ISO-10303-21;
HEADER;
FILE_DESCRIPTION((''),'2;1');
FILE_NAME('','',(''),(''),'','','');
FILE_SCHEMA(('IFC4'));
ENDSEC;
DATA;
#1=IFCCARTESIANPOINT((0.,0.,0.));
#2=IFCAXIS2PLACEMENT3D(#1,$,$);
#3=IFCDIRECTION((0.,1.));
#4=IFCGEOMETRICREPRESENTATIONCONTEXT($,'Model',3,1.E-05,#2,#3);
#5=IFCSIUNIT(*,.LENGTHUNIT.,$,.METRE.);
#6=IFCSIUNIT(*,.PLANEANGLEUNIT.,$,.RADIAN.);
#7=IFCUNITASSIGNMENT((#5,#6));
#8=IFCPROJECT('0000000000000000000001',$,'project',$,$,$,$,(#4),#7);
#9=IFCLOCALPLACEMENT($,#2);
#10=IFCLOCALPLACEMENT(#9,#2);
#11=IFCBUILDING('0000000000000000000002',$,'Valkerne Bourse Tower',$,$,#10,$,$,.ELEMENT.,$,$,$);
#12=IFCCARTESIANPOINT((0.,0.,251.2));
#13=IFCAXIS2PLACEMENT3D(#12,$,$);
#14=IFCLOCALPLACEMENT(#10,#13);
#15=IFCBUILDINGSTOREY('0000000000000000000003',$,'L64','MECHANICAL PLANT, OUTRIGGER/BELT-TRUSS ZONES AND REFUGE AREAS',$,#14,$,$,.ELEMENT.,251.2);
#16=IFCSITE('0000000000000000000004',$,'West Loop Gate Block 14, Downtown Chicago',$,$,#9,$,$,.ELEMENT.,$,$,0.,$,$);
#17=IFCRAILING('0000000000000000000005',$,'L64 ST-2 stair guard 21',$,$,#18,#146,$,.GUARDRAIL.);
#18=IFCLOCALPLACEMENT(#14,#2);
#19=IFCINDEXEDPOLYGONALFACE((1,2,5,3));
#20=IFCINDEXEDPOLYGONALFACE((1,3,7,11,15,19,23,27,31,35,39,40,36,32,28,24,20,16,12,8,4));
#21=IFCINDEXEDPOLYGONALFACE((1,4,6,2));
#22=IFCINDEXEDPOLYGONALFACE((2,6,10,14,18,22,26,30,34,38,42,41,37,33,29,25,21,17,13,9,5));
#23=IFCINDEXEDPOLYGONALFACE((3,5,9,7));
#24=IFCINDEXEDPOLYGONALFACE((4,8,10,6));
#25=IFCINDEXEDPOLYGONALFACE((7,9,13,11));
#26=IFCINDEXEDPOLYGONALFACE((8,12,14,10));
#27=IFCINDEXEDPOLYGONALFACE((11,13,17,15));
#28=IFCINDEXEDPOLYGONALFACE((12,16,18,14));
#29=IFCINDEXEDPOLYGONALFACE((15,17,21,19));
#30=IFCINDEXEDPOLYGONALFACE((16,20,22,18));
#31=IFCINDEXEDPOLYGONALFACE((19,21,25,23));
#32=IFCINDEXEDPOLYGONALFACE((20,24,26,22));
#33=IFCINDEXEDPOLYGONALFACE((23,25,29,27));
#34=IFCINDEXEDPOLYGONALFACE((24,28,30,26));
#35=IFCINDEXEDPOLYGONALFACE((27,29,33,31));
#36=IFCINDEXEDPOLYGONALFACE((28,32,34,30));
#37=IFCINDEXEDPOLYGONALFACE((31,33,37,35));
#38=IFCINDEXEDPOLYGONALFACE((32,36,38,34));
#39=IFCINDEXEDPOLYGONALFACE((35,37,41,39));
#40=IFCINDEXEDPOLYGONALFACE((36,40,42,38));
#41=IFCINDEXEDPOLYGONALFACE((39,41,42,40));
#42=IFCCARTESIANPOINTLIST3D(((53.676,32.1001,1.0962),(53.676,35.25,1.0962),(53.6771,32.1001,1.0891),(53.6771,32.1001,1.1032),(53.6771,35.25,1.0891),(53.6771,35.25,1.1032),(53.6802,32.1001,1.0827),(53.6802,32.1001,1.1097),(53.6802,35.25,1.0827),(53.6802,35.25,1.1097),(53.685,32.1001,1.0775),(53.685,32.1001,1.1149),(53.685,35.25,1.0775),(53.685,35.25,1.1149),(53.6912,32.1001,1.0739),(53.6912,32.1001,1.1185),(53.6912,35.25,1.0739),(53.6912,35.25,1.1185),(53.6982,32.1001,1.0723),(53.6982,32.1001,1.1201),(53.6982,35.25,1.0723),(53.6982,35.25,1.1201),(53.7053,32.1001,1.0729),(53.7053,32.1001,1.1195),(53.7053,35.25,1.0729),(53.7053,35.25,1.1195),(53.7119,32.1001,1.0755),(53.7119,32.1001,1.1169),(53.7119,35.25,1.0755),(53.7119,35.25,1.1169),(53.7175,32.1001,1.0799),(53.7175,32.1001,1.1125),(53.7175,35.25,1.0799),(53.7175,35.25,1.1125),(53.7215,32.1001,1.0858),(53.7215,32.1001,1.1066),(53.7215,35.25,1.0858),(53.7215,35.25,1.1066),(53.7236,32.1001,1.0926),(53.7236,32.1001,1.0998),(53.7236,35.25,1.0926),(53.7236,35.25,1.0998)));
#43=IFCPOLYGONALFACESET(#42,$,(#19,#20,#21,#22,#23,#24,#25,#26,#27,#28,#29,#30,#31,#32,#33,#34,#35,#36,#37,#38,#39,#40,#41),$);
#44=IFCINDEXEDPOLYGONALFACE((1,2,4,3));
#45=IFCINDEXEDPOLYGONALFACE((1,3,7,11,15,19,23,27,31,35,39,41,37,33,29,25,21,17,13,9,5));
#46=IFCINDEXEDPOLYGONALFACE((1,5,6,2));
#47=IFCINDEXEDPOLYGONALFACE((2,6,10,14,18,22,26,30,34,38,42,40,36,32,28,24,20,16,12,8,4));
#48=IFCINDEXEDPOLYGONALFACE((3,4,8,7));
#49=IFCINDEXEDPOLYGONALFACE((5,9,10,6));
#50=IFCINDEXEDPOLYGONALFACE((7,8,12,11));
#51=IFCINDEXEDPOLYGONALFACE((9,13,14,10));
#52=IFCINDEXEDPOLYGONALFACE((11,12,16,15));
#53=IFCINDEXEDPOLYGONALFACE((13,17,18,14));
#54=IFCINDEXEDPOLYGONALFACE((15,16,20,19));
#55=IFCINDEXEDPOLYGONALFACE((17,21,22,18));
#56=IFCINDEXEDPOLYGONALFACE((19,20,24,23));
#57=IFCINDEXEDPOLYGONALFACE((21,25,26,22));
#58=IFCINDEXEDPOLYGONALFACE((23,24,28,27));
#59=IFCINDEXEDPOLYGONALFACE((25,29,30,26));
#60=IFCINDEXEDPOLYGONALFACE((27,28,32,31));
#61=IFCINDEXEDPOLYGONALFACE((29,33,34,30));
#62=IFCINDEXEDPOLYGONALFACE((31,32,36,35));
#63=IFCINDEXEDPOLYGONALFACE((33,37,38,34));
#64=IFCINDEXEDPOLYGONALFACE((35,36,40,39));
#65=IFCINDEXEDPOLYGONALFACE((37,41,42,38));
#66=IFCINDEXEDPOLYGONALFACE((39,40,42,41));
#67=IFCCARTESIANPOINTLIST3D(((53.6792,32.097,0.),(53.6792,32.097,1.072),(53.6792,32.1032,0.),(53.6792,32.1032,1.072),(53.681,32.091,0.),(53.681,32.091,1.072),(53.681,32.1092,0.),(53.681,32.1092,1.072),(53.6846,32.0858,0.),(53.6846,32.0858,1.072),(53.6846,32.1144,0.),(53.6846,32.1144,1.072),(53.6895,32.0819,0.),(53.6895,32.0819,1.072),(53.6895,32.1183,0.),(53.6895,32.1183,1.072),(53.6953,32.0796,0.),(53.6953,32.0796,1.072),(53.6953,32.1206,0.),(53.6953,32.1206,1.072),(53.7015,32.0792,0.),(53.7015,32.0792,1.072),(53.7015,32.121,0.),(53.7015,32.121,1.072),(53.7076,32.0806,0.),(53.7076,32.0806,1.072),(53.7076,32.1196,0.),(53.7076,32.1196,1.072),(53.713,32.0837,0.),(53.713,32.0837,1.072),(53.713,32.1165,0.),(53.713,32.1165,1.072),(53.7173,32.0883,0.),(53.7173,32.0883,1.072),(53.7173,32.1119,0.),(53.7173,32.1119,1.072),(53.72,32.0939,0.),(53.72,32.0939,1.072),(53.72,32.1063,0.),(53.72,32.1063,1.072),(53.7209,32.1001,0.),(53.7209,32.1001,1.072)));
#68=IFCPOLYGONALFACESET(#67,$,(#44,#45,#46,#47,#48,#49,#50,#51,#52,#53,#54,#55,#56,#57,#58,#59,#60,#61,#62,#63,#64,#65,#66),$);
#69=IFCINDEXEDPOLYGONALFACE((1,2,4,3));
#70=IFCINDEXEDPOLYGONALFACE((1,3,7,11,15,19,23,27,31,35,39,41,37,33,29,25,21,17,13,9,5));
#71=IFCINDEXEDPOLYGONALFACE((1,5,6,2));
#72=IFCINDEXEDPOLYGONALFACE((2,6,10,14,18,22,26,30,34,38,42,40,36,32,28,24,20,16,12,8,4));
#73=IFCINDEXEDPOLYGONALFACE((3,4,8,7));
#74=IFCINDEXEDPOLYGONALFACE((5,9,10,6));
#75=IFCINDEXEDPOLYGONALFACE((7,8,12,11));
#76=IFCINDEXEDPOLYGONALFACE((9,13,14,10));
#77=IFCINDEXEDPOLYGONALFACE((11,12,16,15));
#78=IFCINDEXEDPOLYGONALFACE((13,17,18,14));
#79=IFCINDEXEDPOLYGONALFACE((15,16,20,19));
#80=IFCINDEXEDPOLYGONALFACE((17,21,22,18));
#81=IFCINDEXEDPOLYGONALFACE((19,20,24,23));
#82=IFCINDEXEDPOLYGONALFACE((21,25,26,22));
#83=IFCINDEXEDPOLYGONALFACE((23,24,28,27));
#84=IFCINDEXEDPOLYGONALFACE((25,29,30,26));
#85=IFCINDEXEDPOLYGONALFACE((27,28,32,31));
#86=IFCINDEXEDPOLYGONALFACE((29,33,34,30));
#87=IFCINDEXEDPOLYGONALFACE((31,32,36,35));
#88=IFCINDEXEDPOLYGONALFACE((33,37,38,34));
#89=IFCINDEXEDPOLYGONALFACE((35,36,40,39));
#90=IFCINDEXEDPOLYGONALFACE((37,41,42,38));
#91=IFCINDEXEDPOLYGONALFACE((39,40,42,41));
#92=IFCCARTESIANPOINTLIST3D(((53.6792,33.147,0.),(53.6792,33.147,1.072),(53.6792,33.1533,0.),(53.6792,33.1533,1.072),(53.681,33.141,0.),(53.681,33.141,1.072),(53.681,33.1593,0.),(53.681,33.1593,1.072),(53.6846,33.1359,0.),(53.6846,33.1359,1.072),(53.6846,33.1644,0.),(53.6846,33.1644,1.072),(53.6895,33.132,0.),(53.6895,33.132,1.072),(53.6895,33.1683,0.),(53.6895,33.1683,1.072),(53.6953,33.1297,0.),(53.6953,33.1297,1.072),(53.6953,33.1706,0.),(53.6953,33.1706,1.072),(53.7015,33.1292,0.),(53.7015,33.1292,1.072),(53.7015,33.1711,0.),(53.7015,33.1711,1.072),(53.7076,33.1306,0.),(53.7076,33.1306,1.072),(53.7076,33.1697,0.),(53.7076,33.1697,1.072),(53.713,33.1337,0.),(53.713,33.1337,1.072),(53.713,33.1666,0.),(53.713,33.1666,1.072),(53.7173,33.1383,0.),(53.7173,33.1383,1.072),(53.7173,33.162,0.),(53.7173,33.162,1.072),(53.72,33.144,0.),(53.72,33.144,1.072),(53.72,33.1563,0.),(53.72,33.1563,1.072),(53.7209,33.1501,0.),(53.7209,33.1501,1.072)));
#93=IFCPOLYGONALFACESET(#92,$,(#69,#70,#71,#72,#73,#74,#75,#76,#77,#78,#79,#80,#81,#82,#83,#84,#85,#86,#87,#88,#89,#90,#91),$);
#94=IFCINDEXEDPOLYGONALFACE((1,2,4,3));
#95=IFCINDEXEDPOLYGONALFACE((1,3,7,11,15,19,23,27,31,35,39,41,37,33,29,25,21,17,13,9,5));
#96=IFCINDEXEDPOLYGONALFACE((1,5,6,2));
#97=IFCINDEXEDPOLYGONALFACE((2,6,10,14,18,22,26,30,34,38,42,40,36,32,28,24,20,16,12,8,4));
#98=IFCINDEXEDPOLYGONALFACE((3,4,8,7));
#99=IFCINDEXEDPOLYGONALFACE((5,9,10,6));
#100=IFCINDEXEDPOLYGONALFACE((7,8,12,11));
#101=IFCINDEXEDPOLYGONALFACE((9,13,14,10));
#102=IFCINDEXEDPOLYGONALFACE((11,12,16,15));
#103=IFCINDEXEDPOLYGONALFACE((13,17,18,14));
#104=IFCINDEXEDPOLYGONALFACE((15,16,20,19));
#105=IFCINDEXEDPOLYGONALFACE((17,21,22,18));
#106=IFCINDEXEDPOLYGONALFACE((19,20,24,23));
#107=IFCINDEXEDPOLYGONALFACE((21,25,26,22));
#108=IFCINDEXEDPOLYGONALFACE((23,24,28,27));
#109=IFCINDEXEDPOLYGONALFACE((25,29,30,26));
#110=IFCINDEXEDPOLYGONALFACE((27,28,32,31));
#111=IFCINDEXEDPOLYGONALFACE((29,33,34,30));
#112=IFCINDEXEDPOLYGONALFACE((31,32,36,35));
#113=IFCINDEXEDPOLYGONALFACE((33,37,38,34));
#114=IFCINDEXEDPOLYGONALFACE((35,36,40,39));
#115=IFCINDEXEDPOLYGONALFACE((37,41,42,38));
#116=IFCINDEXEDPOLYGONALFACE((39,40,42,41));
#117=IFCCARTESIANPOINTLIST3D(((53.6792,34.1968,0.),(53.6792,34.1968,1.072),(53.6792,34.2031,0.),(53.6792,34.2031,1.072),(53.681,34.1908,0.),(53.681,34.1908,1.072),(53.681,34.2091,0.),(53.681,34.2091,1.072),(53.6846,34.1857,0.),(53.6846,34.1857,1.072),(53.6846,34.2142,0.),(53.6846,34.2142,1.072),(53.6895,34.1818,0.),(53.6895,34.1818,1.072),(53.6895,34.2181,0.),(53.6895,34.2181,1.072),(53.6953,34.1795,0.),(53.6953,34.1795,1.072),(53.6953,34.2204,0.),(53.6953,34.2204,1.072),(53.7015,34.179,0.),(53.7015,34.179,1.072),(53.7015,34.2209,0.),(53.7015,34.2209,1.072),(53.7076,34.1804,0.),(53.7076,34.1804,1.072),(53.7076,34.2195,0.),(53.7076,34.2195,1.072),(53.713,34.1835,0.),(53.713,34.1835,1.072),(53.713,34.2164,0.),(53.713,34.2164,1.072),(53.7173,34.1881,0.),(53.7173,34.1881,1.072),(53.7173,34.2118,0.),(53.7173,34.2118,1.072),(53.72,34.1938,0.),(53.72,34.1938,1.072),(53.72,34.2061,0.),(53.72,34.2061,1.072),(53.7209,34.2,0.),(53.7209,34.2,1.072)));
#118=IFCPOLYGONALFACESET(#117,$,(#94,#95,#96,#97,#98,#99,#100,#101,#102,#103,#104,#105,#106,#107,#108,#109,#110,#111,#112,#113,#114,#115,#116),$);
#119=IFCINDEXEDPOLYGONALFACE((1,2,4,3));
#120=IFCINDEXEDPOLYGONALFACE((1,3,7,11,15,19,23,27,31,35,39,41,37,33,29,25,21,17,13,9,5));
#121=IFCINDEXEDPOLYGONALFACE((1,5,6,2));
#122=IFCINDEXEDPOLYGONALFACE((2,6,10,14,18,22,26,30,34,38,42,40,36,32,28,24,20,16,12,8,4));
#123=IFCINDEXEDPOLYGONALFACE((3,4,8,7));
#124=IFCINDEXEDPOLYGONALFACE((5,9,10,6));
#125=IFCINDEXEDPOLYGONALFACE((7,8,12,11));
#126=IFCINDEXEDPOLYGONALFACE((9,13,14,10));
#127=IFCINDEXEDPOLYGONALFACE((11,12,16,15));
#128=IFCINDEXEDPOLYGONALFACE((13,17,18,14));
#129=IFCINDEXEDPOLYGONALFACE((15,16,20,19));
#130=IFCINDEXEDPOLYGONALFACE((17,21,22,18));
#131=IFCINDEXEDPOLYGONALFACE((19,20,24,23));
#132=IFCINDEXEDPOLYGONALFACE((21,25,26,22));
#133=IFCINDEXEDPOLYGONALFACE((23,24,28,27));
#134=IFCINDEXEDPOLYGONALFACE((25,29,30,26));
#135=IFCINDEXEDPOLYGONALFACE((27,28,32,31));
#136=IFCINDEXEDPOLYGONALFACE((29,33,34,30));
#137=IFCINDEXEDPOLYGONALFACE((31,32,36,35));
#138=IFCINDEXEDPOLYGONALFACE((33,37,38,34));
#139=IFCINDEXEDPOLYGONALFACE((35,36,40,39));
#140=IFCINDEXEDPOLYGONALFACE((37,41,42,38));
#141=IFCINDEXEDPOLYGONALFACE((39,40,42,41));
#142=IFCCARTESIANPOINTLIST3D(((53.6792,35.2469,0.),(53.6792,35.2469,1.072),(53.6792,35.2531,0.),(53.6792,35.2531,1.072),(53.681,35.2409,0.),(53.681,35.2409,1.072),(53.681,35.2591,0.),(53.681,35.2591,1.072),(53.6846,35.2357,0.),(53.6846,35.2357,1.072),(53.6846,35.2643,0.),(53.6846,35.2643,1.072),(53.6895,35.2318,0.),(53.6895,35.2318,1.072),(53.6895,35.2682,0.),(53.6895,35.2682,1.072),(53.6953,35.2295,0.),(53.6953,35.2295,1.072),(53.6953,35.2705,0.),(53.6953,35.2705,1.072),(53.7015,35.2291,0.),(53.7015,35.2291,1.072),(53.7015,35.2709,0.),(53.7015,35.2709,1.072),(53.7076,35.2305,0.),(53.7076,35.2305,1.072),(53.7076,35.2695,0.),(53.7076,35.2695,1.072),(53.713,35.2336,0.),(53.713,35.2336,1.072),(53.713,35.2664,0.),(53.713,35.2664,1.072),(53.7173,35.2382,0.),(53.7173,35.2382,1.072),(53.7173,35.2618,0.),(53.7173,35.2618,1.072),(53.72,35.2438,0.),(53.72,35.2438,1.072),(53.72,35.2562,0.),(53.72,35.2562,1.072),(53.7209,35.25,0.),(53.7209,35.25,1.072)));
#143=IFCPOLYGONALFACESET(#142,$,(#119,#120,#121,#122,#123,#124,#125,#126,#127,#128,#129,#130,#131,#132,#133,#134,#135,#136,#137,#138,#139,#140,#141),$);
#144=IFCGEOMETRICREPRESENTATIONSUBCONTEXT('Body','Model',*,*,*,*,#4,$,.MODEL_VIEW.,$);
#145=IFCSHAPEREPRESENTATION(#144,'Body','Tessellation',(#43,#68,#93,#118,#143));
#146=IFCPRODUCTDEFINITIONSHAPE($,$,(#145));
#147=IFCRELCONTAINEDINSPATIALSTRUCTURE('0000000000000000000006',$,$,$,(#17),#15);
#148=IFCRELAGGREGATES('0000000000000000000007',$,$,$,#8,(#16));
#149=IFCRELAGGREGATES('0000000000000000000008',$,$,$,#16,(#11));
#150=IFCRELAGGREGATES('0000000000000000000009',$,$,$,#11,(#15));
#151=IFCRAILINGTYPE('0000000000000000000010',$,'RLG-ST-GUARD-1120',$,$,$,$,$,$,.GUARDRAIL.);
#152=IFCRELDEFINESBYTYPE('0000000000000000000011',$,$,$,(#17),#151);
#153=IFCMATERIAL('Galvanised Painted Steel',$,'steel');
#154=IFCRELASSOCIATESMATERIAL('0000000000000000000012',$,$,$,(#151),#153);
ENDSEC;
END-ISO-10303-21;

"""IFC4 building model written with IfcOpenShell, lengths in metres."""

from ifc_helpers import new_model, si_unit, direction, frame, origin, origin_2d, place, context, subcontext, project, spatial, circle, extrude, material, type_object, element, save


model = new_model("IFC4")

# Units and contexts
model_context = context("Model", 3, precision=1e-05, world=origin(), true_north=direction((0.0, 1.0)))
body_context = subcontext(model_context, "Body", "Model", "MODEL_VIEW")
ifc_project = project(units=[si_unit("LENGTHUNIT", "METRE"), si_unit("PLANEANGLEUNIT", "RADIAN")], contexts=[model_context])

# Site, building, storey
site_placement = place(None, origin())
site = spatial("IfcSite", under=ifc_project, at=site_placement, Name="West Loop Gate Block 14, Downtown Chicago", CompositionType="ELEMENT", RefElevation=0.0)
building_placement = place(site_placement, origin())
building = spatial("IfcBuilding", under=site, at=building_placement, Name="Valkerne Bourse Tower", CompositionType="ELEMENT")
storey_placement = place(building_placement, frame((0.0, 0.0, 251.2)))
storey = spatial("IfcBuildingStorey", under=building, at=storey_placement, Name="L64", Description="MECHANICAL PLANT, OUTRIGGER/BELT-TRUSS ZONES AND REFUGE AREAS", CompositionType="ELEMENT", Elevation=251.2)

# Shared definitions
ifc_material_1 = material(Name="Galvanised Painted Steel", Category="steel")

# Railing
railing_type_1 = type_object("IfcRailingType", Name="RLG-ST-GUARD-1120", PredefinedType="GUARDRAIL", material=ifc_material_1)
railing_1_placement = place(storey_placement, frame((53.7, 32.1001, 0.0)))
element("IfcRailing", 1, at=railing_1_placement, inside=storey, type_object=railing_type_1, Name="L64 ST-2 stair guard 21", PredefinedType="GUARDRAIL", context=body_context, shape_type="SweptSolid", body=[
    extrude(circle(Radius=0.0239, at=origin_2d()), frame((0.0, 0.0, 1.0962), z_axis=(0.0, 1.0, 0.0), x_axis=(-1.0, 0.0, 0.0)), (0.0, 0.0, 1.0), 3.1499),
    extrude(circle(Radius=0.021, at=origin_2d()), origin(), (0.0, 0.0, 1.0), 1.072),
    extrude(circle(Radius=0.021, at=origin_2d()), frame((0.0, 1.05, 0.0)), (0.0, 0.0, 1.0), 1.072),
    extrude(circle(Radius=0.021, at=origin_2d()), frame((0.0, 2.0999, 0.0)), (0.0, 0.0, 1.0), 1.072),
    extrude(circle(Radius=0.021, at=origin_2d()), frame((0.0, 3.1499, 0.0)), (0.0, 0.0, 1.0), 1.072),
])

save(model, "model.ifc")
